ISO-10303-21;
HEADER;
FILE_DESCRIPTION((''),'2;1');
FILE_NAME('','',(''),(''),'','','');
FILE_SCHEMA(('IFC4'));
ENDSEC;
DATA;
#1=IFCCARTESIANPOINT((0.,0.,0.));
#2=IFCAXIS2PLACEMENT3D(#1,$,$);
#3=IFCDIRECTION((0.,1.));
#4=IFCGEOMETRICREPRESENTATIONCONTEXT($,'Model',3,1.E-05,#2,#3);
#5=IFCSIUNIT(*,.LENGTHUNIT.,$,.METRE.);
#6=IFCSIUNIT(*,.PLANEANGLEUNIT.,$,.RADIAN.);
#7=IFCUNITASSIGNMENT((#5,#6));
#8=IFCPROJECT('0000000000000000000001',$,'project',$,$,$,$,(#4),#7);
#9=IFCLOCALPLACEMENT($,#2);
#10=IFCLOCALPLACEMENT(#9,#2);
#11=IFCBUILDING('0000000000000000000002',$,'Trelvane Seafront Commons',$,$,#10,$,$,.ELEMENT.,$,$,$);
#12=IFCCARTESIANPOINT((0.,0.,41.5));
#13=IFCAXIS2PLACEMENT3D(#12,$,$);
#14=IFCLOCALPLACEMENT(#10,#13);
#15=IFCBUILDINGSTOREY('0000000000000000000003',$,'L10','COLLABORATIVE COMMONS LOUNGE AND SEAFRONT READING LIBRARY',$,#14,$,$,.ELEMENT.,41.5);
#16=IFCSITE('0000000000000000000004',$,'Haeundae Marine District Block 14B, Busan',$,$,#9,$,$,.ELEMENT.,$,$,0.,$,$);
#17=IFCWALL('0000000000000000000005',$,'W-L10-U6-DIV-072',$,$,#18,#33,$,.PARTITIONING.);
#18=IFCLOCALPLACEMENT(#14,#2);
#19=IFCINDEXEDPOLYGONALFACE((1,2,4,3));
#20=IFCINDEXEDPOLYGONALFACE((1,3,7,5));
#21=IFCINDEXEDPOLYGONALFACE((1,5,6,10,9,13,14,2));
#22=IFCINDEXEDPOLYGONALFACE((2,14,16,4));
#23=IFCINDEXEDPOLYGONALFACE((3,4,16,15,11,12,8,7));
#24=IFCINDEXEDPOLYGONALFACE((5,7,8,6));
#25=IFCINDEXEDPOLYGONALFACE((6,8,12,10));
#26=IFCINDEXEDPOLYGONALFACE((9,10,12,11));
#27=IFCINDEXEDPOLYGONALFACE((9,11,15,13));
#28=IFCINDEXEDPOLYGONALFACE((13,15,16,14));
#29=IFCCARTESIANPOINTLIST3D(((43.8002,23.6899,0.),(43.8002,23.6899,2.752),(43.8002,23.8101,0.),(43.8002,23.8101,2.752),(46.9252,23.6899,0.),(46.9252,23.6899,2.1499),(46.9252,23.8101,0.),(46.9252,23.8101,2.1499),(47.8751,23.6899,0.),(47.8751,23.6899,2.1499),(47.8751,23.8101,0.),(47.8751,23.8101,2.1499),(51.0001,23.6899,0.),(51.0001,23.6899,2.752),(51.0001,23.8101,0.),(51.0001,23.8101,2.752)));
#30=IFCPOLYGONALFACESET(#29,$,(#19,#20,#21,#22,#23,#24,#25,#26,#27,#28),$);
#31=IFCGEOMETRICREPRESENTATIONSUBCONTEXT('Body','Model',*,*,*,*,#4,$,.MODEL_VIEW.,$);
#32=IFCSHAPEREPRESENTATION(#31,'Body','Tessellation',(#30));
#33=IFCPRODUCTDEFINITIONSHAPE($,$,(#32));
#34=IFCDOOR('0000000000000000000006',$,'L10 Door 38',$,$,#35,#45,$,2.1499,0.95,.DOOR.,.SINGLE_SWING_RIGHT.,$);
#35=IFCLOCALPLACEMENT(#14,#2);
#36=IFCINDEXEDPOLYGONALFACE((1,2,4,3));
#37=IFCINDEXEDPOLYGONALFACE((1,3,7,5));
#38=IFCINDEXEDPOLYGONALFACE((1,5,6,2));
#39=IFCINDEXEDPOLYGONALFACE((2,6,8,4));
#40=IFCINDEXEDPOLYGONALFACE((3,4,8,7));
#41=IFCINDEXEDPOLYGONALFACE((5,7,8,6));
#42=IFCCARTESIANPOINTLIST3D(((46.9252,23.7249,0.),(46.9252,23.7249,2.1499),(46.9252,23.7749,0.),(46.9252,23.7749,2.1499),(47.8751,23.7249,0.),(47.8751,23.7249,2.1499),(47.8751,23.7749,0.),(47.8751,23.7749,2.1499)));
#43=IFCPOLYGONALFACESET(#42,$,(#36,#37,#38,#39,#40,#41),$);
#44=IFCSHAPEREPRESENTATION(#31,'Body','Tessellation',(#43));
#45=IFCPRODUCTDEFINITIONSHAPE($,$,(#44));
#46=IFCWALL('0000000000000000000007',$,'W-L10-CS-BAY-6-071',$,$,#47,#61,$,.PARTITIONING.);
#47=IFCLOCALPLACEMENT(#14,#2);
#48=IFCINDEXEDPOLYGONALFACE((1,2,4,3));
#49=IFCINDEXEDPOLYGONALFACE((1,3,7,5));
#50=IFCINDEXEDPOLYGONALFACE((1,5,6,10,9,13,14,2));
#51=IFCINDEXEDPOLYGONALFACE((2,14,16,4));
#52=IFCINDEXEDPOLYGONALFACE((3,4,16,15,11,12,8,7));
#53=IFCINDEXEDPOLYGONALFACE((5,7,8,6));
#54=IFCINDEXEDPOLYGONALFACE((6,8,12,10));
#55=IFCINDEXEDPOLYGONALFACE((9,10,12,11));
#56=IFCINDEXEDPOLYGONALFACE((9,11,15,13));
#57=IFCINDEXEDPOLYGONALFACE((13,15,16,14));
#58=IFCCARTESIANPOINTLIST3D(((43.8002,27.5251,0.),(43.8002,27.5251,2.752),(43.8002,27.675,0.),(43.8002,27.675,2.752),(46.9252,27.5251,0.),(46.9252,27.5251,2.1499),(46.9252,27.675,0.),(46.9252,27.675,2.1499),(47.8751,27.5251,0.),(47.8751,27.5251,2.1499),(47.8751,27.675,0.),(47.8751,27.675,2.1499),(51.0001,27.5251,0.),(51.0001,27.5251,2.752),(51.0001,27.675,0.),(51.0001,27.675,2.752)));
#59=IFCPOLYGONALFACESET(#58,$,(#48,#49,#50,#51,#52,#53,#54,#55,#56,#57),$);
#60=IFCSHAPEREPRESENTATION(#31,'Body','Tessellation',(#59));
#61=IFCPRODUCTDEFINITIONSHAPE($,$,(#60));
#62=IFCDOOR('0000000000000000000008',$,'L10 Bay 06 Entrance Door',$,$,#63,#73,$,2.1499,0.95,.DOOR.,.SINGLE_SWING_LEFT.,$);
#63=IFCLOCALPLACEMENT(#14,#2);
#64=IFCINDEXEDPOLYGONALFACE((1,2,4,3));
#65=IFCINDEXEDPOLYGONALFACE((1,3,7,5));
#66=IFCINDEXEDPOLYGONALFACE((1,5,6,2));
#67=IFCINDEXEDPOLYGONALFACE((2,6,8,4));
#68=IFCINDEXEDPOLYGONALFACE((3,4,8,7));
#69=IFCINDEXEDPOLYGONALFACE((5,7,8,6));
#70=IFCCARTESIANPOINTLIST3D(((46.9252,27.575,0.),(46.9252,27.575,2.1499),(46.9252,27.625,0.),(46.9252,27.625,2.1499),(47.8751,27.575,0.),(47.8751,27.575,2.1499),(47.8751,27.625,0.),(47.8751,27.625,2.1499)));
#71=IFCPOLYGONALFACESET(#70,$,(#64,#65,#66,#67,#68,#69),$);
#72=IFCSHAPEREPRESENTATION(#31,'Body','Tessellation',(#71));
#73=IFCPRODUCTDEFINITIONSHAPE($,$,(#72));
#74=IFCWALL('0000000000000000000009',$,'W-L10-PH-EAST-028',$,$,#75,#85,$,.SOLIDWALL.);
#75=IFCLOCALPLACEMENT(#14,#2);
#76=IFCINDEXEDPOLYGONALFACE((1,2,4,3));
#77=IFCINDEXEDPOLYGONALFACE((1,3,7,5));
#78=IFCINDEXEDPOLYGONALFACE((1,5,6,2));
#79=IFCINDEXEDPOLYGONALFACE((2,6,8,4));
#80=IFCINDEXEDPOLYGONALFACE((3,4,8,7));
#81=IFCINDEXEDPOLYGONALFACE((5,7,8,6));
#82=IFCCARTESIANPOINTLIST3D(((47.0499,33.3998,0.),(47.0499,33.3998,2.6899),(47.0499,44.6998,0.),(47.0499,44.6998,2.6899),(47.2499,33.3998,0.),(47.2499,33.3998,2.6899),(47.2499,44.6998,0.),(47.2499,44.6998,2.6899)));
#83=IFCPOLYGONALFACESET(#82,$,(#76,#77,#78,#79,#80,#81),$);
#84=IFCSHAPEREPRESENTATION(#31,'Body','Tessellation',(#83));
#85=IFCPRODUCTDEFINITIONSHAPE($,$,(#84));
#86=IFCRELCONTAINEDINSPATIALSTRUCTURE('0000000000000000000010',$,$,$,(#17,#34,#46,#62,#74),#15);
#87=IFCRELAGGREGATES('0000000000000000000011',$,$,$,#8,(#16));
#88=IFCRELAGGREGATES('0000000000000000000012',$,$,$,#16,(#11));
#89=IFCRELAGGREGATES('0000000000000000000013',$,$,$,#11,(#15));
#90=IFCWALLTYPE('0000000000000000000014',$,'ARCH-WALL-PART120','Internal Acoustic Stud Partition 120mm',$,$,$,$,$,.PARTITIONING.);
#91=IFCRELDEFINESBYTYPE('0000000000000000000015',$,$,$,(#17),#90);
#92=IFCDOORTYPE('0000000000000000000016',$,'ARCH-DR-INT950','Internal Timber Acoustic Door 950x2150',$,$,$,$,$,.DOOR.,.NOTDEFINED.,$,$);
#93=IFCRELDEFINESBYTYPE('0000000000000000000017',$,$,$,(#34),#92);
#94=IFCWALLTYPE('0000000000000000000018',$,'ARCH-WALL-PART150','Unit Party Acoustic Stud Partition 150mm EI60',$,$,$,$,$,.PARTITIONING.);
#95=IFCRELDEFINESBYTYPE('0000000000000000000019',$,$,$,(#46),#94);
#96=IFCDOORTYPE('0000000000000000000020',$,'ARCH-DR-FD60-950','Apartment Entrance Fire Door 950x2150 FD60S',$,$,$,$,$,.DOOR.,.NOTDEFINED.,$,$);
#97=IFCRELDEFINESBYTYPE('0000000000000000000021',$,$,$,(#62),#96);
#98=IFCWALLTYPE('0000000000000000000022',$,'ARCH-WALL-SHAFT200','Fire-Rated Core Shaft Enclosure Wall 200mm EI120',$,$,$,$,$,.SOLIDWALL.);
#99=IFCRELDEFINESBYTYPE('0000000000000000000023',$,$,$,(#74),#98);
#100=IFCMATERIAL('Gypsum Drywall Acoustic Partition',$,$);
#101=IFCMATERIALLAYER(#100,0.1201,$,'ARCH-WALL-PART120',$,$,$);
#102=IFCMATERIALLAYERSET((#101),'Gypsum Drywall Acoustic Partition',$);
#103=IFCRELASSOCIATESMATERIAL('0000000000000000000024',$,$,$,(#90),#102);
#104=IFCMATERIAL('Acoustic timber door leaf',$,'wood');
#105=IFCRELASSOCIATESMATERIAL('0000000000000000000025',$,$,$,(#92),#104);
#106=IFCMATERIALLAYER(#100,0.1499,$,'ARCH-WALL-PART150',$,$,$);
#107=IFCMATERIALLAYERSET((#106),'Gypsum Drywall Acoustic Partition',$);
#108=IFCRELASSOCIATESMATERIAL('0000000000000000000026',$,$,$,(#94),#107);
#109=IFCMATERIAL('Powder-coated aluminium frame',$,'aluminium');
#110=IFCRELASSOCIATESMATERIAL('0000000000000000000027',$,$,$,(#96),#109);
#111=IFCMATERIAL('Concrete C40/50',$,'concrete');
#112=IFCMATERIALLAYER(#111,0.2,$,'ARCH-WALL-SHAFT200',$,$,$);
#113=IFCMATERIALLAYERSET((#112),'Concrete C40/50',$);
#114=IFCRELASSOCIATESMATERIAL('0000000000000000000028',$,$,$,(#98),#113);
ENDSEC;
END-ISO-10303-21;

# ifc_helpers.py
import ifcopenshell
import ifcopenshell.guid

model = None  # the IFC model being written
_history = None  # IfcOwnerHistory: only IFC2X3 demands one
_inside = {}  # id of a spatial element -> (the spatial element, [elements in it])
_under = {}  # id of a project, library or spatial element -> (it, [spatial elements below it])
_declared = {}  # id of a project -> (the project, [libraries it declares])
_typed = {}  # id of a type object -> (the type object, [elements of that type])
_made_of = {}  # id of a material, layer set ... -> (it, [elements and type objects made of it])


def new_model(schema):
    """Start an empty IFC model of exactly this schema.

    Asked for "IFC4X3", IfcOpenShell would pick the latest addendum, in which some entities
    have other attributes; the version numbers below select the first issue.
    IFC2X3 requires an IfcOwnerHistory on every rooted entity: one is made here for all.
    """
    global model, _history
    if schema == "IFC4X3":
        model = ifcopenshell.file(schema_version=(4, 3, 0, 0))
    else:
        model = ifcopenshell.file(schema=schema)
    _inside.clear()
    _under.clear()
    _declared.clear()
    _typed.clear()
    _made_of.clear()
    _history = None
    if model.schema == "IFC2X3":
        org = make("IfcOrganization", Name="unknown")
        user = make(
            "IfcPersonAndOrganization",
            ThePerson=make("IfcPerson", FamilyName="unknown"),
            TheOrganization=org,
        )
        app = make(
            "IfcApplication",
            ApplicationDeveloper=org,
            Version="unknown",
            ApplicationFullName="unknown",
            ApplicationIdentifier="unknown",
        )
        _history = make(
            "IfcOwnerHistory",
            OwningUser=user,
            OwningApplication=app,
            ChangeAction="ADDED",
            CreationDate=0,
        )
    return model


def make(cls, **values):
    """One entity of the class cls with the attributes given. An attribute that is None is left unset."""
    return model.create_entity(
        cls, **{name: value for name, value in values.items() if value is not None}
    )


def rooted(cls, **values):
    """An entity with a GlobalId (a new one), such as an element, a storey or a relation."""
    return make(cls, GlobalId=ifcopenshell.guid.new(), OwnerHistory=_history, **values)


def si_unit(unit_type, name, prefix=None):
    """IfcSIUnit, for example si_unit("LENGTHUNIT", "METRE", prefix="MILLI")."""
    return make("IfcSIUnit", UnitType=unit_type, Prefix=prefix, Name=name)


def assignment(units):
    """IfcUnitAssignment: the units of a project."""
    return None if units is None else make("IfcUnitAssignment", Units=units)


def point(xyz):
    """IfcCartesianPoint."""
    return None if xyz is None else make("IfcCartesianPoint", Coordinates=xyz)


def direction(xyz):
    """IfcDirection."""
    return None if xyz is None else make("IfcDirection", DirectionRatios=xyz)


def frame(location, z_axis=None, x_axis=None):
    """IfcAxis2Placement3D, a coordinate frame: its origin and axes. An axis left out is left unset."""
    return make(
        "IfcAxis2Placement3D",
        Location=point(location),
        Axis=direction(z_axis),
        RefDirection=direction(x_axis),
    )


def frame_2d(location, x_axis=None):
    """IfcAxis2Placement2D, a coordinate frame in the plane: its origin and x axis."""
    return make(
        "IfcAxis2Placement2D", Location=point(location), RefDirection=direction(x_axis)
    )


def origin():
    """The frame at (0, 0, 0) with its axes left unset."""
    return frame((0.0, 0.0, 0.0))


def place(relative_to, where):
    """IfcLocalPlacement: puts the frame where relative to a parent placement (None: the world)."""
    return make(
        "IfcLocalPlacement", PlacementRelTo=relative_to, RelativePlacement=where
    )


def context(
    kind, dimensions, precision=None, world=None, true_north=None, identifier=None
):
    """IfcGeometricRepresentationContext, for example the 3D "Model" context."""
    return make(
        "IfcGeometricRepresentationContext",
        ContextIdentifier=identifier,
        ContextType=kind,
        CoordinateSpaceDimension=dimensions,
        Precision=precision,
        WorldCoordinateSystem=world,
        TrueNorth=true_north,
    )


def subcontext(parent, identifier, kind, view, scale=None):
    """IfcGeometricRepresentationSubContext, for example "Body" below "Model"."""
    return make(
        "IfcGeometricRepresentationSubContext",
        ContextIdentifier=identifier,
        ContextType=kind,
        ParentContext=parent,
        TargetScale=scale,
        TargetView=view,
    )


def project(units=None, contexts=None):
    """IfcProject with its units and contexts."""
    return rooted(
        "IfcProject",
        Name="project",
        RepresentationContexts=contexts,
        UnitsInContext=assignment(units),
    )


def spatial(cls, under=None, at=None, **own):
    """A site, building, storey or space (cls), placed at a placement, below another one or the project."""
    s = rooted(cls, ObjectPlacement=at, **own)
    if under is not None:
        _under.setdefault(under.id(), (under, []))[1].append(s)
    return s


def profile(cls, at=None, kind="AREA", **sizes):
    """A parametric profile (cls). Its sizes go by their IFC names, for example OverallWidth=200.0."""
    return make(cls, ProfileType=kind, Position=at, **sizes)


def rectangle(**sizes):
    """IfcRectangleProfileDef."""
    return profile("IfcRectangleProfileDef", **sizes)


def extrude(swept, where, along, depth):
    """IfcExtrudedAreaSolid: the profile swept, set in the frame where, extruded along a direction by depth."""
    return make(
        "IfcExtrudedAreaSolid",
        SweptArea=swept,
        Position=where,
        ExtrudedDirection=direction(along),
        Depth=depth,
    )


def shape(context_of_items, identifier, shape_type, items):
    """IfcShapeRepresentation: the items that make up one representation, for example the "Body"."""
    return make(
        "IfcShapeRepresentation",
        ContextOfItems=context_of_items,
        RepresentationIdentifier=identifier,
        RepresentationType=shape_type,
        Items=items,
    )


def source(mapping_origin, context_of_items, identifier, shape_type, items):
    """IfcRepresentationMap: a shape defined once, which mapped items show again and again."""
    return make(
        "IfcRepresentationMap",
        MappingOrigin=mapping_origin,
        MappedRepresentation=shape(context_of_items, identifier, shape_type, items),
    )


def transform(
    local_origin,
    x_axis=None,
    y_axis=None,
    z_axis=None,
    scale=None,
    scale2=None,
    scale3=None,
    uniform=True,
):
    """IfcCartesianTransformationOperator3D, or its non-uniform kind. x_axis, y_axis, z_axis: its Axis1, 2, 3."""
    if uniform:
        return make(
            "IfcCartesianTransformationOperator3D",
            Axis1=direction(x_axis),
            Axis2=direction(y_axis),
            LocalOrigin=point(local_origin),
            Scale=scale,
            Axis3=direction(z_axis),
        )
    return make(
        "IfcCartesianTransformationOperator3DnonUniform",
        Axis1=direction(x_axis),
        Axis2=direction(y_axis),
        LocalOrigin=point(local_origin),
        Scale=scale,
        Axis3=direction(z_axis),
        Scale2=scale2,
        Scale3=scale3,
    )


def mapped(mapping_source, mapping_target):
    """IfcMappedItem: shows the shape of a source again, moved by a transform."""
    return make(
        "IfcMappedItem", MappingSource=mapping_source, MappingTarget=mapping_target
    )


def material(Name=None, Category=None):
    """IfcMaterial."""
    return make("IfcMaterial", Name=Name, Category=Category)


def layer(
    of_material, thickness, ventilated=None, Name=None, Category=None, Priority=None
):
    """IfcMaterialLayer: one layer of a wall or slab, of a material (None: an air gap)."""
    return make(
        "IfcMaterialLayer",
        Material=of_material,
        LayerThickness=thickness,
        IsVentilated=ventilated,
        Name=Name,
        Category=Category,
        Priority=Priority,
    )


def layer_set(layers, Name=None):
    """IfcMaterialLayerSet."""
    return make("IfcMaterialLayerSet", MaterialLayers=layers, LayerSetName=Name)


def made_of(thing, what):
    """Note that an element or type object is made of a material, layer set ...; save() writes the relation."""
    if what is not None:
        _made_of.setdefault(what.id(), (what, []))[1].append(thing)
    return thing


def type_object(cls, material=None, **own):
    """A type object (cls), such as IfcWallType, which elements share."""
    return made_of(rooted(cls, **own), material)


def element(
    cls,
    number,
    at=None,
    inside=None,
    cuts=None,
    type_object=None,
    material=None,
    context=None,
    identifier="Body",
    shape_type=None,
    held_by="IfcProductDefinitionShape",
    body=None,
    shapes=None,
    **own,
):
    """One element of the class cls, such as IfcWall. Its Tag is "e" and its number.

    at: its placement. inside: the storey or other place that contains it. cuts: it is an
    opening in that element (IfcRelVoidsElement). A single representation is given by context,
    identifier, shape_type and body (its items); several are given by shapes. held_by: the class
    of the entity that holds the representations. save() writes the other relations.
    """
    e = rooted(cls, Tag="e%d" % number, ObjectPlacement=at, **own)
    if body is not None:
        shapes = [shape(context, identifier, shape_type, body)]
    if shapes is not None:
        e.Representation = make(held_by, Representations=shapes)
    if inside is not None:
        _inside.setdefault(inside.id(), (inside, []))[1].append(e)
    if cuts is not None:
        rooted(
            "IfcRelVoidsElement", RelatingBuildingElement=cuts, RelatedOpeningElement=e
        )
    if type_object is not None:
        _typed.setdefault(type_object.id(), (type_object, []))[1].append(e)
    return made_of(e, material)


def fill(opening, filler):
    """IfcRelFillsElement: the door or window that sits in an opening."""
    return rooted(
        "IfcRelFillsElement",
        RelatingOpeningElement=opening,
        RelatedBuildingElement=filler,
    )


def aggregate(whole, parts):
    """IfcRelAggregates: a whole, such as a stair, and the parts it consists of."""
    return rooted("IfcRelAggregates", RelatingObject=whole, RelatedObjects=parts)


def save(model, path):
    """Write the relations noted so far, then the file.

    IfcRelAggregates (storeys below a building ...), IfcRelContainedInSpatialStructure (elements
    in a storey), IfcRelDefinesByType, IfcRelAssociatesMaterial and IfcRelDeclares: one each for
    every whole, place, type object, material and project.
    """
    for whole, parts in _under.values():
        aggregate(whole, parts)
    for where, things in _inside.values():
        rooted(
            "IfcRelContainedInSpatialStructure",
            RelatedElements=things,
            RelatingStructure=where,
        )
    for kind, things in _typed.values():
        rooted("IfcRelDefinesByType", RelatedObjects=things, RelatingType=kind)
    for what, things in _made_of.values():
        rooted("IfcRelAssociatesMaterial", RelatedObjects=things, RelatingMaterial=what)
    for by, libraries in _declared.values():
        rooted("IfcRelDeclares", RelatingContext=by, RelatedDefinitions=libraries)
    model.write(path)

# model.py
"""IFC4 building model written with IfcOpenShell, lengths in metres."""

from ifc_helpers import new_model, si_unit, direction, frame, frame_2d, origin, place, context, subcontext, project, spatial, rectangle, extrude, source, transform, mapped, material, layer, layer_set, type_object, element, fill, save


model = new_model("IFC4")

# Units and contexts
model_context = context("Model", 3, precision=1e-05, world=origin(), true_north=direction((0.0, 1.0)))
body_context = subcontext(model_context, "Body", "Model", "MODEL_VIEW")
ifc_project = project(units=[si_unit("LENGTHUNIT", "METRE"), si_unit("PLANEANGLEUNIT", "RADIAN")], contexts=[model_context])

# Site, building, storey
site_placement = place(None, origin())
site = spatial("IfcSite", under=ifc_project, at=site_placement, Name="Haeundae Marine District Block 14B, Busan", CompositionType="ELEMENT", RefElevation=0.0)
building_placement = place(site_placement, origin())
building = spatial("IfcBuilding", under=site, at=building_placement, Name="Trelvane Seafront Commons", CompositionType="ELEMENT")
storey_placement = place(building_placement, frame((0.0, 0.0, 41.5)))
storey = spatial("IfcBuildingStorey", under=building, at=storey_placement, Name="L10", Description="COLLABORATIVE COMMONS LOUNGE AND SEAFRONT READING LIBRARY", CompositionType="ELEMENT", Elevation=41.5)

# Shared definitions
ifc_material_1 = material(Name="Gypsum Drywall Acoustic Partition")
ifc_layer_1 = layer(ifc_material_1, 0.1201, Name="ARCH-WALL-PART120")
ifc_layer_set_1 = layer_set([ifc_layer_1], Name="Gypsum Drywall Acoustic Partition")
wall_type_1 = type_object("IfcWallType", Name="ARCH-WALL-PART120", Description="Internal Acoustic Stud Partition 120mm", PredefinedType="PARTITIONING", material=ifc_layer_set_1)
ifc_material_2 = material(Name="Acoustic timber door leaf", Category="wood")
door_type_1 = type_object("IfcDoorType", Name="ARCH-DR-INT950", Description="Internal Timber Acoustic Door 950x2150", OperationType="NOTDEFINED", PredefinedType="DOOR", material=ifc_material_2)
shared_shape_1 = source(origin(), body_context, "Body", "SweptSolid", [
    extrude(rectangle(XDim=0.95, YDim=2.1499, at=frame_2d((0.4751, 1.075))), frame((0.0, 0.0249, 0.0), z_axis=(0.0, -1.0, 0.0), x_axis=(1.0, 0.0, 0.0)), (0.0, 0.0, 1.0), 0.05),
])

# Walls, openings, doors
wall_1_placement = place(storey_placement, frame((43.8, 23.75, 0.0), z_axis=(0.0, 0.0, 1.0), x_axis=(1.0, 0.0, 0.0)))
wall_1 = element("IfcWall", 1, at=wall_1_placement, inside=storey, type_object=wall_type_1, Name="W-L10-U6-DIV-072", PredefinedType="PARTITIONING", context=body_context, shape_type="SweptSolid", body=[
    extrude(rectangle(XDim=7.2, YDim=0.1201, at=frame_2d((3.6001, 0.0))), origin(), (0.0, 0.0, 1.0), 2.752),
])
opening_1_placement = place(wall_1_placement, frame((3.125, 0.0, 0.0)))
opening_1 = element("IfcOpeningElement", 2, at=opening_1_placement, cuts=wall_1, PredefinedType="OPENING", context=body_context, shape_type="SweptSolid", body=[
    extrude(rectangle(XDim=0.95, YDim=2.1499, at=frame_2d((0.4751, 1.075))), frame((0.0, 0.0701, 0.0), z_axis=(0.0, -1.0, 0.0), x_axis=(1.0, 0.0, 0.0)), (0.0, 0.0, 1.0), 0.1401),
])
door_1_placement = place(opening_1_placement, origin())
door_1 = element("IfcDoor", 3, at=door_1_placement, inside=storey, type_object=door_type_1, Name="L10 Door 38", OperationType="SINGLE_SWING_RIGHT", OverallHeight=2.1499, OverallWidth=0.95, PredefinedType="DOOR", context=body_context, shape_type="MappedRepresentation", body=[
    mapped(shared_shape_1, transform((0.0, 0.0, 0.0), x_axis=(1.0, 0.0, 0.0), y_axis=(0.0, 1.0, 0.0), z_axis=(0.0, 0.0, 1.0), scale=1.0)),
])
fill(opening_1, door_1)
ifc_layer_2 = layer(ifc_material_1, 0.1499, Name="ARCH-WALL-PART150")
ifc_layer_set_2 = layer_set([ifc_layer_2], Name="Gypsum Drywall Acoustic Partition")
wall_type_2 = type_object("IfcWallType", Name="ARCH-WALL-PART150", Description="Unit Party Acoustic Stud Partition 150mm EI60", PredefinedType="PARTITIONING", material=ifc_layer_set_2)
wall_2_placement = place(storey_placement, frame((43.8, 27.6001, 0.0), z_axis=(0.0, 0.0, 1.0), x_axis=(1.0, 0.0, 0.0)))
wall_2 = element("IfcWall", 4, at=wall_2_placement, inside=storey, type_object=wall_type_2, Name="W-L10-CS-BAY-6-071", PredefinedType="PARTITIONING", context=body_context, shape_type="SweptSolid", body=[
    extrude(rectangle(XDim=7.2, YDim=0.1499, at=frame_2d((3.6001, 0.0))), origin(), (0.0, 0.0, 1.0), 2.752),
])
opening_2_placement = place(wall_2_placement, frame((3.125, 0.0, 0.0)))
opening_2 = element("IfcOpeningElement", 5, at=opening_2_placement, cuts=wall_2, PredefinedType="OPENING", context=body_context, shape_type="SweptSolid", body=[
    extrude(rectangle(XDim=0.95, YDim=2.1499, at=frame_2d((0.4751, 1.075))), frame((0.0, 0.085, 0.0), z_axis=(0.0, -1.0, 0.0), x_axis=(1.0, 0.0, 0.0)), (0.0, 0.0, 1.0), 0.1699),
])
ifc_material_3 = material(Name="Powder-coated aluminium frame", Category="aluminium")
door_type_2 = type_object("IfcDoorType", Name="ARCH-DR-FD60-950", Description="Apartment Entrance Fire Door 950x2150 FD60S", OperationType="NOTDEFINED", PredefinedType="DOOR", material=ifc_material_3)
door_2_placement = place(opening_2_placement, origin())
door_2 = element("IfcDoor", 6, at=door_2_placement, inside=storey, type_object=door_type_2, Name="L10 Bay 06 Entrance Door", OperationType="SINGLE_SWING_LEFT", OverallHeight=2.1499, OverallWidth=0.95, PredefinedType="DOOR", context=body_context, shape_type="MappedRepresentation", body=[
    mapped(shared_shape_1, transform((0.0, 0.0, 0.0), x_axis=(1.0, 0.0, 0.0), y_axis=(0.0, 1.0, 0.0), z_axis=(0.0, 0.0, 1.0), scale=1.0)),
])
fill(opening_2, door_2)

# Wall
ifc_material_4 = material(Name="Concrete C40/50", Category="concrete")
ifc_layer_3 = layer(ifc_material_4, 0.2, Name="ARCH-WALL-SHAFT200")
ifc_layer_set_3 = layer_set([ifc_layer_3], Name="Concrete C40/50")
wall_type_3 = type_object("IfcWallType", Name="ARCH-WALL-SHAFT200", Description="Fire-Rated Core Shaft Enclosure Wall 200mm EI120", PredefinedType="SOLIDWALL", material=ifc_layer_set_3)
wall_3_placement = place(storey_placement, frame((47.1499, 33.3999, 0.0), z_axis=(0.0, 0.0, 1.0), x_axis=(0.0, 1.0, 0.0)))
element("IfcWall", 7, at=wall_3_placement, inside=storey, type_object=wall_type_3, Name="W-L10-PH-EAST-028", PredefinedType="SOLIDWALL", context=body_context, shape_type="SweptSolid", body=[
    extrude(rectangle(XDim=11.3, YDim=0.2, at=frame_2d((5.6499, 0.0))), origin(), (0.0, 0.0, 1.0), 2.6899),
])

save(model, "model.ifc")
